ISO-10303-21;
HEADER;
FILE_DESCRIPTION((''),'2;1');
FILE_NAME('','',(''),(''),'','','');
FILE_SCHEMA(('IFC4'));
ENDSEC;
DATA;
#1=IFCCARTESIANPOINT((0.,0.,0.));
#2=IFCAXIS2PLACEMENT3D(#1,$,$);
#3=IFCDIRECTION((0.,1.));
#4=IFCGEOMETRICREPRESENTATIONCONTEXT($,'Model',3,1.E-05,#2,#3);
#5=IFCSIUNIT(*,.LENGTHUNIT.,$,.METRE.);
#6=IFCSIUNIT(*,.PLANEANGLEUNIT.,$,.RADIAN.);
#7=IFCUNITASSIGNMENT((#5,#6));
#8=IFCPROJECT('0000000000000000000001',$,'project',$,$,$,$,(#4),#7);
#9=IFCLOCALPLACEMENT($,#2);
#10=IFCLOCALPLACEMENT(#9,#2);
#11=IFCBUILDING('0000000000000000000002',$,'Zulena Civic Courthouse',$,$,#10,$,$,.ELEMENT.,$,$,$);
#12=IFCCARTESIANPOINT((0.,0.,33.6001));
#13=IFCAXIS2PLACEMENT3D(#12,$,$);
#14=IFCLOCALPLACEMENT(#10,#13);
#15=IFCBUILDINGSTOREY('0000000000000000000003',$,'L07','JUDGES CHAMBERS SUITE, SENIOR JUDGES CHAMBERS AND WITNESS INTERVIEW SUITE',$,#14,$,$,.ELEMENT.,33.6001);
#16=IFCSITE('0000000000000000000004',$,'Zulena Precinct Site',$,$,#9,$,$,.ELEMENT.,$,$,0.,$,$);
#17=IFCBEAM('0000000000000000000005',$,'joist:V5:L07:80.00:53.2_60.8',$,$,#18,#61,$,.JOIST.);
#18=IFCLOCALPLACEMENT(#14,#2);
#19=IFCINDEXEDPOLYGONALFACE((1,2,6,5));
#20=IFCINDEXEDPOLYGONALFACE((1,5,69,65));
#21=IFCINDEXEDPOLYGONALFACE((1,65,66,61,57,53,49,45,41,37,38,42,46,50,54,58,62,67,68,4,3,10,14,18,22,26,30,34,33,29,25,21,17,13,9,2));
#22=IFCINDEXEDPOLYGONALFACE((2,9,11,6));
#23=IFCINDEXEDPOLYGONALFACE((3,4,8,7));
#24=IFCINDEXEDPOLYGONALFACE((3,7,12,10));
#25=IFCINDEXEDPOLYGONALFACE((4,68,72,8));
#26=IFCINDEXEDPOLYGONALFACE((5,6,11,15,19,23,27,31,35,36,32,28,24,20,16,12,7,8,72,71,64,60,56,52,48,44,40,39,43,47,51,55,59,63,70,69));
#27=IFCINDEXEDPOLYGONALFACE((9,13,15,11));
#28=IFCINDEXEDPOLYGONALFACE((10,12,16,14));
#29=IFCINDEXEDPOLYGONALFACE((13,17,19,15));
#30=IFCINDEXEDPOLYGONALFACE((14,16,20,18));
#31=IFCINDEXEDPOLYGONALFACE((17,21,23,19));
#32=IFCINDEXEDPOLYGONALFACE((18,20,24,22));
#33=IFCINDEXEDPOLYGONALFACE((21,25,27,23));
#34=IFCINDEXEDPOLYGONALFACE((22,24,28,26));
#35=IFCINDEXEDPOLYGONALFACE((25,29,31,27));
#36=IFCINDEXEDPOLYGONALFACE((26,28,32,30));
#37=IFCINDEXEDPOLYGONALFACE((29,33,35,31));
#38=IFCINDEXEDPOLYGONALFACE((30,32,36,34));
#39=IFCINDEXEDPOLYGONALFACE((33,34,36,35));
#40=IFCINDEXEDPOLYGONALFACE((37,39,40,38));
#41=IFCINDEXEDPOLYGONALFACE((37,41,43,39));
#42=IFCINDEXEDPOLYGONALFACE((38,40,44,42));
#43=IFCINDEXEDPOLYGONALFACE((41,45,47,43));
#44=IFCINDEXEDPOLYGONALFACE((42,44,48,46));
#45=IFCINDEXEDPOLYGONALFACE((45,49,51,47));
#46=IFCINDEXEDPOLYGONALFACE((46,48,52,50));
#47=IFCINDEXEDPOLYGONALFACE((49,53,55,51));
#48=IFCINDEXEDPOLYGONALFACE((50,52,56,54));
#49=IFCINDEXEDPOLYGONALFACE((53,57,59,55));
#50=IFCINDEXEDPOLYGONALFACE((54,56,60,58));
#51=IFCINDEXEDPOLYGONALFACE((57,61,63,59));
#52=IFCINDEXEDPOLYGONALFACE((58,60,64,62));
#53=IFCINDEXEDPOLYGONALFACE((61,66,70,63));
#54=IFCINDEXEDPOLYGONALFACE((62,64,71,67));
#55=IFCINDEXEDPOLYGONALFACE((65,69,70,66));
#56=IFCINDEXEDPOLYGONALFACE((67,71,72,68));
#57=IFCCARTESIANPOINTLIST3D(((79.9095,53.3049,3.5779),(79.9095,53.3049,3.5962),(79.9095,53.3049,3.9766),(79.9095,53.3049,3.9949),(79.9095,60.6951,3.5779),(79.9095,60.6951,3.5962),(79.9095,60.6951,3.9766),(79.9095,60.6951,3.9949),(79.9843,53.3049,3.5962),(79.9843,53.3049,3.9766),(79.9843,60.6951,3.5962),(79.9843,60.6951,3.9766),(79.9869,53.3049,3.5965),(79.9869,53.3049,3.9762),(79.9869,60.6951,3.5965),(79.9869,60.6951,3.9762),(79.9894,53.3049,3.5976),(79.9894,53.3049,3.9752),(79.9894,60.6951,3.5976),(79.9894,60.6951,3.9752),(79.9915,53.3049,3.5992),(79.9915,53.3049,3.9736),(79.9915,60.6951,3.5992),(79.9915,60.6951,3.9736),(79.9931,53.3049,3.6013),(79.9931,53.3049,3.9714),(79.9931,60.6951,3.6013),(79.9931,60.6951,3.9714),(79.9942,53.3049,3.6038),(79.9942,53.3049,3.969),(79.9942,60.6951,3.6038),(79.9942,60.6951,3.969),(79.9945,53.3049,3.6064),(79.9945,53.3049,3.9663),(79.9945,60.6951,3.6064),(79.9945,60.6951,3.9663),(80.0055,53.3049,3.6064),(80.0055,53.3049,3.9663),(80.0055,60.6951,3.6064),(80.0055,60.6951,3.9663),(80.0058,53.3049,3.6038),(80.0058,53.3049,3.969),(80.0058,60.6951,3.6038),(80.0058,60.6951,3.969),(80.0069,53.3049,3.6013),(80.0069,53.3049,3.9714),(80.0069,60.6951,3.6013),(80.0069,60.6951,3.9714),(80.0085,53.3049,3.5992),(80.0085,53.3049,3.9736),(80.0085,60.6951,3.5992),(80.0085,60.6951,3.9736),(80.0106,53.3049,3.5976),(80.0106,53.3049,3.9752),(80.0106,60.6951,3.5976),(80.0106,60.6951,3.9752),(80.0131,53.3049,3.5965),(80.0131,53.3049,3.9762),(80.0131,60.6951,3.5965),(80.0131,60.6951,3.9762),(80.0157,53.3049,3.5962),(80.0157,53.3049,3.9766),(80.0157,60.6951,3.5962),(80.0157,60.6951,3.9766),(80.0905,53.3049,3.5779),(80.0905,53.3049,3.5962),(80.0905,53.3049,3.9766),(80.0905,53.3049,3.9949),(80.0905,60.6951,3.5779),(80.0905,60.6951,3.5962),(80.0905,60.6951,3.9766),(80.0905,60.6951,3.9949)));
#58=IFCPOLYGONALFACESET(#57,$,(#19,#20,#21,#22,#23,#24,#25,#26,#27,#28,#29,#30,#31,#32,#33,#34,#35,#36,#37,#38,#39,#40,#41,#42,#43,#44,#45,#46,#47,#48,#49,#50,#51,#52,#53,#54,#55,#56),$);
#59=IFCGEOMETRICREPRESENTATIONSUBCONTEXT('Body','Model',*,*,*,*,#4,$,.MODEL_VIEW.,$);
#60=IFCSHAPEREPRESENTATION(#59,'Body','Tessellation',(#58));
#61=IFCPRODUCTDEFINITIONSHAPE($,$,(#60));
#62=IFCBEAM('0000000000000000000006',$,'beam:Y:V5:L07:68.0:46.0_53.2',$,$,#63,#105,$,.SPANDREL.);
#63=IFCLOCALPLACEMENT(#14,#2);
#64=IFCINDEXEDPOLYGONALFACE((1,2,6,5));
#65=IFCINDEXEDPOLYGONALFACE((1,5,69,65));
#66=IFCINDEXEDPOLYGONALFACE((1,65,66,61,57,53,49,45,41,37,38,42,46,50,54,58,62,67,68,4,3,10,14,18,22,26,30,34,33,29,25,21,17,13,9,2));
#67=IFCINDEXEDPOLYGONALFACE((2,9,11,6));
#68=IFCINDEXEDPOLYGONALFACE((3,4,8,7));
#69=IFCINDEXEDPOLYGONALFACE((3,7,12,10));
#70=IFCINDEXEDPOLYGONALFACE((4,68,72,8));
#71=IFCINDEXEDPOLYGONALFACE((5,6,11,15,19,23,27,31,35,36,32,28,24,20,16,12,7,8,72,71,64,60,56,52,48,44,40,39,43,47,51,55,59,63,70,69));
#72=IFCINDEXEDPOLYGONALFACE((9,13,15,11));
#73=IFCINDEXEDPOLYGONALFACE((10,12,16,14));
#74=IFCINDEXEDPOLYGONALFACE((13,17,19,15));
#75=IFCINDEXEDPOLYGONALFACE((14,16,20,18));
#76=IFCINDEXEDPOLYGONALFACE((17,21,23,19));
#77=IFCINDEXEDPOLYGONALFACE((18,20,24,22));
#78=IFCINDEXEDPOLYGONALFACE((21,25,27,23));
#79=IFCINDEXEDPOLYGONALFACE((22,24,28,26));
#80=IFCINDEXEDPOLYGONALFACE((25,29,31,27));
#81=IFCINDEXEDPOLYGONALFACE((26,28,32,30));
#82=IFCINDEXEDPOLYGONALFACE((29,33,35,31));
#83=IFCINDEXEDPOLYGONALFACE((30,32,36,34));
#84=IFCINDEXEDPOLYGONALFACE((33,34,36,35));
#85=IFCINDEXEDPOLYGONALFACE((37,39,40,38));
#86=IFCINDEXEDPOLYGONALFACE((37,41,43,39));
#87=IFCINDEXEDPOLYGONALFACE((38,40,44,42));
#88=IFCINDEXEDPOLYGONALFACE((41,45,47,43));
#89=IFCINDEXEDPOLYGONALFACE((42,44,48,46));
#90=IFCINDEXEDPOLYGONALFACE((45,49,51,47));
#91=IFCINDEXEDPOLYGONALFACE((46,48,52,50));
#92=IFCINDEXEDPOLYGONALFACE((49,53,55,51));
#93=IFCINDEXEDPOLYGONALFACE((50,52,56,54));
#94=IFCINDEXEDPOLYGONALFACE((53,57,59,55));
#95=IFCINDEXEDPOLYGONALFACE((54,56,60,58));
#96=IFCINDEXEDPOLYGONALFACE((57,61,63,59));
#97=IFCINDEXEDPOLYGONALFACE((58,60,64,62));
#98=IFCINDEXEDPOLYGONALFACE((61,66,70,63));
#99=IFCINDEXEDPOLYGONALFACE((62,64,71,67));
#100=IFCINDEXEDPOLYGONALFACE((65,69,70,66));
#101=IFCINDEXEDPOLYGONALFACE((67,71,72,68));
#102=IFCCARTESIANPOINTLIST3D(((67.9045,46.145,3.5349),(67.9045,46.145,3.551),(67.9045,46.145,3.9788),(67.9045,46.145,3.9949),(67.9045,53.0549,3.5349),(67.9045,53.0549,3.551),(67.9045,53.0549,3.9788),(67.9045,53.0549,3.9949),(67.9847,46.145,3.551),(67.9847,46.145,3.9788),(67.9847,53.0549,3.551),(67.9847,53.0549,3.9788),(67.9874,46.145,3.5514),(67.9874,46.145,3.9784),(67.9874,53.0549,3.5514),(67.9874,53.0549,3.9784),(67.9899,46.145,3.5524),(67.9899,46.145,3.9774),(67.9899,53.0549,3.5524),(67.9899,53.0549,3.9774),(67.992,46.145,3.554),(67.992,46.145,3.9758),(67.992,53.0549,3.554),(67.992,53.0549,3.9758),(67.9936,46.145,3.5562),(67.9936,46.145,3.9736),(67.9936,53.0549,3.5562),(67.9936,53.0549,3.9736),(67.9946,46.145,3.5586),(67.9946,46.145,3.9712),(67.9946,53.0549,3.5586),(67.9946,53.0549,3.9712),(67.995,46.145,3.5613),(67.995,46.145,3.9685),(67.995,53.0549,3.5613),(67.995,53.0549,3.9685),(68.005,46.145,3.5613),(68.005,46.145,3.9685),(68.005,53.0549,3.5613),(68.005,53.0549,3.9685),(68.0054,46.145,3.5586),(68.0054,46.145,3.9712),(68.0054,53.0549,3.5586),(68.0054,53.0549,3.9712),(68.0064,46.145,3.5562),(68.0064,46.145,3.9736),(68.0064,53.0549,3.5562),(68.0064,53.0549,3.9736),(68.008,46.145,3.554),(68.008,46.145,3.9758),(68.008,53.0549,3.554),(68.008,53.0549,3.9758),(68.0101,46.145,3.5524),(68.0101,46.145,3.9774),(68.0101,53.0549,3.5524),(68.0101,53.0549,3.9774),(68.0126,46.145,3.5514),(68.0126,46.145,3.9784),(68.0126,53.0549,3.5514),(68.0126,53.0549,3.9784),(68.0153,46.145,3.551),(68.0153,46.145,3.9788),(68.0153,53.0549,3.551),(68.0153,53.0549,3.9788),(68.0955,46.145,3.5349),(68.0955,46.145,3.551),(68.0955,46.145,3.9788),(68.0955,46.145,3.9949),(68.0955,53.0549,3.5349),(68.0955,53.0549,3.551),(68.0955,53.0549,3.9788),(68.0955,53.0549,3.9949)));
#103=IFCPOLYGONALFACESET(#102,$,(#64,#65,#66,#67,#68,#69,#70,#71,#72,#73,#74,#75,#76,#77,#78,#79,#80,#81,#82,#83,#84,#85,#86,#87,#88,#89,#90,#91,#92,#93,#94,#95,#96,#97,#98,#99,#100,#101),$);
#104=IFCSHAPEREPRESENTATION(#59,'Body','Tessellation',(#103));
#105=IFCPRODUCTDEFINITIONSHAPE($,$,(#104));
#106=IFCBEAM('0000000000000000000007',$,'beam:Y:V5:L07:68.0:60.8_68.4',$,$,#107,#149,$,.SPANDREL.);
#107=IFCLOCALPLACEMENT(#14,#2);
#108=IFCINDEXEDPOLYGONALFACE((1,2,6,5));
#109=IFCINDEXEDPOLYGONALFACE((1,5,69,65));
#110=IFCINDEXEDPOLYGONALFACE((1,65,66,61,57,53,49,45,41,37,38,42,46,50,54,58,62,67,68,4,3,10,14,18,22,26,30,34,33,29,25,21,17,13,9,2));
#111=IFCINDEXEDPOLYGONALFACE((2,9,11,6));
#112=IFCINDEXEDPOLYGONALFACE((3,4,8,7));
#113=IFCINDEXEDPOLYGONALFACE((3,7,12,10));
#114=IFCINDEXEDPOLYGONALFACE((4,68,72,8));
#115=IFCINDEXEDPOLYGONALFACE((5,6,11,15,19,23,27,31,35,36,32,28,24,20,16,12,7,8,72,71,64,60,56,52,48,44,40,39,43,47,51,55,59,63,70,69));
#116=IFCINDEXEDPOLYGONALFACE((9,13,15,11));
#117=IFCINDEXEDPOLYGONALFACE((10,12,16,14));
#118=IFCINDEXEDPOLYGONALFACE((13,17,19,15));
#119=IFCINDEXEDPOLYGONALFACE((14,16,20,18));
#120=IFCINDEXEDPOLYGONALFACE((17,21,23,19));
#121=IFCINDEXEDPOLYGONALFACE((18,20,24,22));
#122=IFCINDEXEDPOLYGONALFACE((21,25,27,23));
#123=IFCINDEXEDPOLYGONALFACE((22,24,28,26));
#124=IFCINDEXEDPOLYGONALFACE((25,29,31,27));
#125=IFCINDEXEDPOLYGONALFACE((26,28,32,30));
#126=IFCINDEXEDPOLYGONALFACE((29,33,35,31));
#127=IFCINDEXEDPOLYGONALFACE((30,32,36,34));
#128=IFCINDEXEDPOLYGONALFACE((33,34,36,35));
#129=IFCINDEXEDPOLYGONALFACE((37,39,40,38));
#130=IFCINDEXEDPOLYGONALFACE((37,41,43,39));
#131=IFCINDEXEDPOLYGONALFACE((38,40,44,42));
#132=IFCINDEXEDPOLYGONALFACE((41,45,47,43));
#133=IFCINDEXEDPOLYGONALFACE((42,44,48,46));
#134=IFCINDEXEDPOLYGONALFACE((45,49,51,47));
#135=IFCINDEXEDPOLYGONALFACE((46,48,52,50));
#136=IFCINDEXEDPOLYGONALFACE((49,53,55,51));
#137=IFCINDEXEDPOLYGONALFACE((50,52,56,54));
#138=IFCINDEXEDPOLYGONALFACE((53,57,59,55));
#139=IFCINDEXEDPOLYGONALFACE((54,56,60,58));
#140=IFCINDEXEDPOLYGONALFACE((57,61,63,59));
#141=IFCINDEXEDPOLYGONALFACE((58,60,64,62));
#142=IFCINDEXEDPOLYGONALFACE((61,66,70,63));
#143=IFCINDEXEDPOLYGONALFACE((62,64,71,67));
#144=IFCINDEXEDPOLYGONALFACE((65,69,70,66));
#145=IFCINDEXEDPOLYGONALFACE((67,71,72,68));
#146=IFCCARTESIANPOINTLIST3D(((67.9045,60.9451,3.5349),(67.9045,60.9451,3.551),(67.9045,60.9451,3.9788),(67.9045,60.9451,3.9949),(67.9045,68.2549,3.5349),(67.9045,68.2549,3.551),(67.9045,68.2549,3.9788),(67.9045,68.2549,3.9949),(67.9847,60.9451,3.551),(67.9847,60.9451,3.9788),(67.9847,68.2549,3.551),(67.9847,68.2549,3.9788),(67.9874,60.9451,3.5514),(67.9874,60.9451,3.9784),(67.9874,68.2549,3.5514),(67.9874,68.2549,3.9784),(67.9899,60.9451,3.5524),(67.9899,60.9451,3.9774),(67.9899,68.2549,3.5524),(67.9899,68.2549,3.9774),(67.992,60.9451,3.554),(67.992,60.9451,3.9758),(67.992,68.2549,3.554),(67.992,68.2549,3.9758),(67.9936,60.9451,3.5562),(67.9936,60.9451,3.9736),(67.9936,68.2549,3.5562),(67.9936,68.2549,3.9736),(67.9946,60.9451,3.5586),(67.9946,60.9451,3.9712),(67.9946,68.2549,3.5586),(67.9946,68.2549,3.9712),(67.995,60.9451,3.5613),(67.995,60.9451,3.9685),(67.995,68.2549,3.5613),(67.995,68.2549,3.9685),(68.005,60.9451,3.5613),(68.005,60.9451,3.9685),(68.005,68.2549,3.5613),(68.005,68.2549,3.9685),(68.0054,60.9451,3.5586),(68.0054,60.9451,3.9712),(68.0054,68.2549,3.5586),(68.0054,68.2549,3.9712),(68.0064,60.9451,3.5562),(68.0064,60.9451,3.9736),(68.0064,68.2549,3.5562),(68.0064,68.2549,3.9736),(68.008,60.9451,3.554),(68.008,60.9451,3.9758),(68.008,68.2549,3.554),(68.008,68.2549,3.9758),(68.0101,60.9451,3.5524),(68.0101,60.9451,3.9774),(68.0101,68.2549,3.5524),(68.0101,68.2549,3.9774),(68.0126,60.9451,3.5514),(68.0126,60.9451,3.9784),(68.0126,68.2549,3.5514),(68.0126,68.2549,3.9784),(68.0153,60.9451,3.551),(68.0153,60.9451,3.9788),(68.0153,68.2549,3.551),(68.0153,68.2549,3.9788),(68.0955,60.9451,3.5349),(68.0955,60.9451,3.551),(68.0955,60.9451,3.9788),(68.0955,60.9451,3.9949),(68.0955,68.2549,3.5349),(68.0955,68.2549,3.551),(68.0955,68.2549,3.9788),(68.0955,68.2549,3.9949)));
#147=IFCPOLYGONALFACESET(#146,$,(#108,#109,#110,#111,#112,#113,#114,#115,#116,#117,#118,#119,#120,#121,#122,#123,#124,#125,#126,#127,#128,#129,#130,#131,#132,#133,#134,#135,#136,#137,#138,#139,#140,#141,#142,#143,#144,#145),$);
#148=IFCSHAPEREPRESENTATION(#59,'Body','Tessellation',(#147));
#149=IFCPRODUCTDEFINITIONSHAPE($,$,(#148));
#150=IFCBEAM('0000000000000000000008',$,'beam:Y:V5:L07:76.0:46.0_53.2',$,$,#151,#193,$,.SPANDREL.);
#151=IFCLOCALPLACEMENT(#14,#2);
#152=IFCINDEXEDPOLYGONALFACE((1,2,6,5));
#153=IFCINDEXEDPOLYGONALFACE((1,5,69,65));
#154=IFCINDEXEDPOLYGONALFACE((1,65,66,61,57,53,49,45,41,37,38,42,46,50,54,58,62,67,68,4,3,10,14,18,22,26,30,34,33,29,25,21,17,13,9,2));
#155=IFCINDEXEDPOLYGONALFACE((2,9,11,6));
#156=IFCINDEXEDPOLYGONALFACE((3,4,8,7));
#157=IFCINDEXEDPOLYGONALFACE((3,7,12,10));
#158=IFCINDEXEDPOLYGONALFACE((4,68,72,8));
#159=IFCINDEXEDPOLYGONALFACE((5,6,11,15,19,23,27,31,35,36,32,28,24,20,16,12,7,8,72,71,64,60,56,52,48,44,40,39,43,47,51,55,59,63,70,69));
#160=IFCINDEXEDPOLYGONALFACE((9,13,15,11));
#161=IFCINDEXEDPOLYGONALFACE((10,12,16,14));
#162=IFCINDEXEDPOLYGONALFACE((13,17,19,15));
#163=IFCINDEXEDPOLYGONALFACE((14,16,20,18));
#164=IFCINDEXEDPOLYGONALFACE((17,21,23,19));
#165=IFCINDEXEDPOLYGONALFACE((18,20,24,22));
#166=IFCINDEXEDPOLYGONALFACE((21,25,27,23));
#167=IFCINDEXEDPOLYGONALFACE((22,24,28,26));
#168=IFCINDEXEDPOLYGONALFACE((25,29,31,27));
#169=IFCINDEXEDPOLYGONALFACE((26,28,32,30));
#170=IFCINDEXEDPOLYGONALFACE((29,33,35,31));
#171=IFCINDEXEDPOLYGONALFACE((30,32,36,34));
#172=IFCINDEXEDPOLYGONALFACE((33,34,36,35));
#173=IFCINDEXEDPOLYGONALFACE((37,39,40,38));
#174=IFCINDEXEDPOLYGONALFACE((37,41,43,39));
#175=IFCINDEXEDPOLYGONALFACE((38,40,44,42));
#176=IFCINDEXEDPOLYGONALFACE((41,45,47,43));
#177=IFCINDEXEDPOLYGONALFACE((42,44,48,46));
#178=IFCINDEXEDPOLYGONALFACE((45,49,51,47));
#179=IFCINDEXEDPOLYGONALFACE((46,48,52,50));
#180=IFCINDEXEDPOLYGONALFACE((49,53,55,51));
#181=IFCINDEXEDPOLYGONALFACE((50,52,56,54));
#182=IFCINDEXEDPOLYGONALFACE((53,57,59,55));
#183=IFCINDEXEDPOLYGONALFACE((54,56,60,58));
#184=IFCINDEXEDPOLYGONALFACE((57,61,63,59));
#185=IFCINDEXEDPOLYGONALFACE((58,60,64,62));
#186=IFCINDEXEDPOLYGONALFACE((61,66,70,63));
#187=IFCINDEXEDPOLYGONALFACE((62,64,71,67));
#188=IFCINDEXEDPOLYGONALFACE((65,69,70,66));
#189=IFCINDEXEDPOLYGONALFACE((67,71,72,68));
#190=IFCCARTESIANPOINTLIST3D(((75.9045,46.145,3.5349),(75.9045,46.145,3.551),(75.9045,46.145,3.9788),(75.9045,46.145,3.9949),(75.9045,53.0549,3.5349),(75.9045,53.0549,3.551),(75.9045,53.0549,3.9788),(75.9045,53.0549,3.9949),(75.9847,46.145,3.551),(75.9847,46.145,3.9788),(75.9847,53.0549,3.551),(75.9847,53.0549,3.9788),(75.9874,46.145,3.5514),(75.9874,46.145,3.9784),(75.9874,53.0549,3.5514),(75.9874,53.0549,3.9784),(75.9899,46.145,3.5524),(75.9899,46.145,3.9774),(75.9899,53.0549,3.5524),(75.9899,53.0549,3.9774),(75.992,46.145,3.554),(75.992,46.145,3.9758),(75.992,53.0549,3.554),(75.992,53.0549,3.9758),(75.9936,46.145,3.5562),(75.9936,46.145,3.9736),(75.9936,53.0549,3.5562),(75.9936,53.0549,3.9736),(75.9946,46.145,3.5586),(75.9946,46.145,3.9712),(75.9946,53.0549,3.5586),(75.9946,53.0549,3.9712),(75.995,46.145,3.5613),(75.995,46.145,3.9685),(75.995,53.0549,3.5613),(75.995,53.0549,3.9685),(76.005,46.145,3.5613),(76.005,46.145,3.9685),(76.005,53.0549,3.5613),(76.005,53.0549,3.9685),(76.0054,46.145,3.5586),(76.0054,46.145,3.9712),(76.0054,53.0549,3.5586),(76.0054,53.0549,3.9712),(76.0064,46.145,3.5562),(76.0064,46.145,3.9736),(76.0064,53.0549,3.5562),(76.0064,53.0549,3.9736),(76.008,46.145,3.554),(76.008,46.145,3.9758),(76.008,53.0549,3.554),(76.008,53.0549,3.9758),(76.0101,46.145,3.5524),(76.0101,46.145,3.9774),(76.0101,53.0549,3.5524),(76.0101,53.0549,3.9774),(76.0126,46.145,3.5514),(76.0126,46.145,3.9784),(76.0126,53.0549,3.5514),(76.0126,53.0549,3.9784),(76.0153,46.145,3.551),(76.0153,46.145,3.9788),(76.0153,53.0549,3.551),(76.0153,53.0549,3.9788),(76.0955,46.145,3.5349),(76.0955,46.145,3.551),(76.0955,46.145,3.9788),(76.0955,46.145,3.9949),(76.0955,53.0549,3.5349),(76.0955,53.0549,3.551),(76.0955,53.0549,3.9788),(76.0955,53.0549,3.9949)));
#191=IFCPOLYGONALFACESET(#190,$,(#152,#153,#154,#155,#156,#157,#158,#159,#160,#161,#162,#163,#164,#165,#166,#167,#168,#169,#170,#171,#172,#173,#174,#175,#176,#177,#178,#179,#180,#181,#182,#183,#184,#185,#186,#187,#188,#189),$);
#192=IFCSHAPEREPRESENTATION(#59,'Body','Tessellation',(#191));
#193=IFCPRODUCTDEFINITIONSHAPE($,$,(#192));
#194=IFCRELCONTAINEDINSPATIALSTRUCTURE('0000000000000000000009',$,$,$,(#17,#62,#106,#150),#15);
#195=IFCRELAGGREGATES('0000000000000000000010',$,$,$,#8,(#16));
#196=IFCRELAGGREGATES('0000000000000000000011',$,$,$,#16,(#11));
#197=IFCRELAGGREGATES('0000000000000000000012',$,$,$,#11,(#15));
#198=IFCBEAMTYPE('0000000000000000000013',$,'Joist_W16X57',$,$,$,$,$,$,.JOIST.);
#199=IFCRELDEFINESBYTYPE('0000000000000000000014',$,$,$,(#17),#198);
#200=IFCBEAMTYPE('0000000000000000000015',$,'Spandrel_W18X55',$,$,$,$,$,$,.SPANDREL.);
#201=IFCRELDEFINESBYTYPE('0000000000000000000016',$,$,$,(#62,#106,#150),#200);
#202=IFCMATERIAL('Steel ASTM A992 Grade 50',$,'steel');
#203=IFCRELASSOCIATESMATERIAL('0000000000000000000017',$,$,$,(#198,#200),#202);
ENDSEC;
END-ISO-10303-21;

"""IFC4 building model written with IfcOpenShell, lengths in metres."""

from ifc_helpers import new_model, si_unit, direction, frame, origin, origin_2d, place, context, subcontext, project, spatial, i_section, extrude, material, material_profile, profile_set, type_object, element, save


model = new_model("IFC4")

# Units and contexts
model_context = context("Model", 3, precision=1e-05, world=origin(), true_north=direction((0.0, 1.0)))
body_context = subcontext(model_context, "Body", "Model", "MODEL_VIEW")
ifc_project = project(units=[si_unit("LENGTHUNIT", "METRE"), si_unit("PLANEANGLEUNIT", "RADIAN")], contexts=[model_context])

# Site, building, storey
site_placement = place(None, origin())
site = spatial("IfcSite", under=ifc_project, at=site_placement, Name="Zulena Precinct Site", CompositionType="ELEMENT", RefElevation=0.0)
building_placement = place(site_placement, origin())
building = spatial("IfcBuilding", under=site, at=building_placement, Name="Zulena Civic Courthouse", CompositionType="ELEMENT")
storey_placement = place(building_placement, frame((0.0, 0.0, 33.6001)))
storey = spatial("IfcBuildingStorey", under=building, at=storey_placement, Name="L07", Description="JUDGES CHAMBERS SUITE, SENIOR JUDGES CHAMBERS AND WITNESS INTERVIEW SUITE", CompositionType="ELEMENT", Elevation=33.6001)

# Shared definitions
ifc_material_1 = material(Name="Steel ASTM A992 Grade 50", Category="steel")

# Beams
ifc_material_profile_1 = material_profile(ifc_material_1, i_section(OverallWidth=0.1809, OverallDepth=0.417, WebThickness=0.011, FlangeThickness=0.0183, FilletRadius=0.0103, at=origin_2d()), Name="W16X57")
ifc_profile_set_1 = profile_set([ifc_material_profile_1], Name="Steel ASTM A992 Grade 50")
beam_type_1 = type_object("IfcBeamType", Name="Joist_W16X57", PredefinedType="JOIST", material=ifc_profile_set_1)
beam_1_placement = place(storey_placement, frame((80.0, 53.3049, 3.7864), z_axis=(0.0, 1.0, 0.0), x_axis=(-1.0, 0.0, 0.0)))
element("IfcBeam", 1, at=beam_1_placement, inside=storey, type_object=beam_type_1, Name="joist:V5:L07:80.00:53.2_60.8", PredefinedType="JOIST", context=body_context, shape_type="SweptSolid", body=[
    extrude(i_section(OverallWidth=0.1809, OverallDepth=0.417, WebThickness=0.011, FlangeThickness=0.0183, FilletRadius=0.0103, at=origin_2d()), origin(), (0.0, 0.0, 1.0), 7.3901),
])
ifc_material_profile_2 = material_profile(ifc_material_1, i_section(OverallWidth=0.1909, OverallDepth=0.46, WebThickness=0.01, FlangeThickness=0.0161, FilletRadius=0.0103, at=origin_2d()), Name="W18X55")
ifc_profile_set_2 = profile_set([ifc_material_profile_2], Name="Steel ASTM A992 Grade 50")
beam_type_2 = type_object("IfcBeamType", Name="Spandrel_W18X55", PredefinedType="SPANDREL", material=ifc_profile_set_2)
beam_2_placement = place(storey_placement, frame((68.0, 46.145, 3.7649), z_axis=(0.0, 1.0, 0.0), x_axis=(-1.0, 0.0, 0.0)))
element("IfcBeam", 2, at=beam_2_placement, inside=storey, type_object=beam_type_2, Name="beam:Y:V5:L07:68.0:46.0_53.2", PredefinedType="SPANDREL", context=body_context, shape_type="SweptSolid", body=[
    extrude(i_section(OverallWidth=0.1909, OverallDepth=0.46, WebThickness=0.01, FlangeThickness=0.0161, FilletRadius=0.0103, at=origin_2d()), origin(), (0.0, 0.0, 1.0), 6.9099),
])
beam_3_placement = place(storey_placement, frame((68.0, 60.9451, 3.7649), z_axis=(0.0, 1.0, 0.0), x_axis=(-1.0, 0.0, 0.0)))
element("IfcBeam", 3, at=beam_3_placement, inside=storey, type_object=beam_type_2, Name="beam:Y:V5:L07:68.0:60.8_68.4", PredefinedType="SPANDREL", context=body_context, shape_type="SweptSolid", body=[
    extrude(i_section(OverallWidth=0.1909, OverallDepth=0.46, WebThickness=0.01, FlangeThickness=0.0161, FilletRadius=0.0103, at=origin_2d()), origin(), (0.0, 0.0, 1.0), 7.3098),
])
beam_4_placement = place(storey_placement, frame((76.0, 46.145, 3.7649), z_axis=(0.0, 1.0, 0.0), x_axis=(-1.0, 0.0, 0.0)))
element("IfcBeam", 4, at=beam_4_placement, inside=storey, type_object=beam_type_2, Name="beam:Y:V5:L07:76.0:46.0_53.2", PredefinedType="SPANDREL", context=body_context, shape_type="SweptSolid", body=[
    extrude(i_section(OverallWidth=0.1909, OverallDepth=0.46, WebThickness=0.01, FlangeThickness=0.0161, FilletRadius=0.0103, at=origin_2d()), origin(), (0.0, 0.0, 1.0), 6.9099),
])

save(model, "model.ifc")
